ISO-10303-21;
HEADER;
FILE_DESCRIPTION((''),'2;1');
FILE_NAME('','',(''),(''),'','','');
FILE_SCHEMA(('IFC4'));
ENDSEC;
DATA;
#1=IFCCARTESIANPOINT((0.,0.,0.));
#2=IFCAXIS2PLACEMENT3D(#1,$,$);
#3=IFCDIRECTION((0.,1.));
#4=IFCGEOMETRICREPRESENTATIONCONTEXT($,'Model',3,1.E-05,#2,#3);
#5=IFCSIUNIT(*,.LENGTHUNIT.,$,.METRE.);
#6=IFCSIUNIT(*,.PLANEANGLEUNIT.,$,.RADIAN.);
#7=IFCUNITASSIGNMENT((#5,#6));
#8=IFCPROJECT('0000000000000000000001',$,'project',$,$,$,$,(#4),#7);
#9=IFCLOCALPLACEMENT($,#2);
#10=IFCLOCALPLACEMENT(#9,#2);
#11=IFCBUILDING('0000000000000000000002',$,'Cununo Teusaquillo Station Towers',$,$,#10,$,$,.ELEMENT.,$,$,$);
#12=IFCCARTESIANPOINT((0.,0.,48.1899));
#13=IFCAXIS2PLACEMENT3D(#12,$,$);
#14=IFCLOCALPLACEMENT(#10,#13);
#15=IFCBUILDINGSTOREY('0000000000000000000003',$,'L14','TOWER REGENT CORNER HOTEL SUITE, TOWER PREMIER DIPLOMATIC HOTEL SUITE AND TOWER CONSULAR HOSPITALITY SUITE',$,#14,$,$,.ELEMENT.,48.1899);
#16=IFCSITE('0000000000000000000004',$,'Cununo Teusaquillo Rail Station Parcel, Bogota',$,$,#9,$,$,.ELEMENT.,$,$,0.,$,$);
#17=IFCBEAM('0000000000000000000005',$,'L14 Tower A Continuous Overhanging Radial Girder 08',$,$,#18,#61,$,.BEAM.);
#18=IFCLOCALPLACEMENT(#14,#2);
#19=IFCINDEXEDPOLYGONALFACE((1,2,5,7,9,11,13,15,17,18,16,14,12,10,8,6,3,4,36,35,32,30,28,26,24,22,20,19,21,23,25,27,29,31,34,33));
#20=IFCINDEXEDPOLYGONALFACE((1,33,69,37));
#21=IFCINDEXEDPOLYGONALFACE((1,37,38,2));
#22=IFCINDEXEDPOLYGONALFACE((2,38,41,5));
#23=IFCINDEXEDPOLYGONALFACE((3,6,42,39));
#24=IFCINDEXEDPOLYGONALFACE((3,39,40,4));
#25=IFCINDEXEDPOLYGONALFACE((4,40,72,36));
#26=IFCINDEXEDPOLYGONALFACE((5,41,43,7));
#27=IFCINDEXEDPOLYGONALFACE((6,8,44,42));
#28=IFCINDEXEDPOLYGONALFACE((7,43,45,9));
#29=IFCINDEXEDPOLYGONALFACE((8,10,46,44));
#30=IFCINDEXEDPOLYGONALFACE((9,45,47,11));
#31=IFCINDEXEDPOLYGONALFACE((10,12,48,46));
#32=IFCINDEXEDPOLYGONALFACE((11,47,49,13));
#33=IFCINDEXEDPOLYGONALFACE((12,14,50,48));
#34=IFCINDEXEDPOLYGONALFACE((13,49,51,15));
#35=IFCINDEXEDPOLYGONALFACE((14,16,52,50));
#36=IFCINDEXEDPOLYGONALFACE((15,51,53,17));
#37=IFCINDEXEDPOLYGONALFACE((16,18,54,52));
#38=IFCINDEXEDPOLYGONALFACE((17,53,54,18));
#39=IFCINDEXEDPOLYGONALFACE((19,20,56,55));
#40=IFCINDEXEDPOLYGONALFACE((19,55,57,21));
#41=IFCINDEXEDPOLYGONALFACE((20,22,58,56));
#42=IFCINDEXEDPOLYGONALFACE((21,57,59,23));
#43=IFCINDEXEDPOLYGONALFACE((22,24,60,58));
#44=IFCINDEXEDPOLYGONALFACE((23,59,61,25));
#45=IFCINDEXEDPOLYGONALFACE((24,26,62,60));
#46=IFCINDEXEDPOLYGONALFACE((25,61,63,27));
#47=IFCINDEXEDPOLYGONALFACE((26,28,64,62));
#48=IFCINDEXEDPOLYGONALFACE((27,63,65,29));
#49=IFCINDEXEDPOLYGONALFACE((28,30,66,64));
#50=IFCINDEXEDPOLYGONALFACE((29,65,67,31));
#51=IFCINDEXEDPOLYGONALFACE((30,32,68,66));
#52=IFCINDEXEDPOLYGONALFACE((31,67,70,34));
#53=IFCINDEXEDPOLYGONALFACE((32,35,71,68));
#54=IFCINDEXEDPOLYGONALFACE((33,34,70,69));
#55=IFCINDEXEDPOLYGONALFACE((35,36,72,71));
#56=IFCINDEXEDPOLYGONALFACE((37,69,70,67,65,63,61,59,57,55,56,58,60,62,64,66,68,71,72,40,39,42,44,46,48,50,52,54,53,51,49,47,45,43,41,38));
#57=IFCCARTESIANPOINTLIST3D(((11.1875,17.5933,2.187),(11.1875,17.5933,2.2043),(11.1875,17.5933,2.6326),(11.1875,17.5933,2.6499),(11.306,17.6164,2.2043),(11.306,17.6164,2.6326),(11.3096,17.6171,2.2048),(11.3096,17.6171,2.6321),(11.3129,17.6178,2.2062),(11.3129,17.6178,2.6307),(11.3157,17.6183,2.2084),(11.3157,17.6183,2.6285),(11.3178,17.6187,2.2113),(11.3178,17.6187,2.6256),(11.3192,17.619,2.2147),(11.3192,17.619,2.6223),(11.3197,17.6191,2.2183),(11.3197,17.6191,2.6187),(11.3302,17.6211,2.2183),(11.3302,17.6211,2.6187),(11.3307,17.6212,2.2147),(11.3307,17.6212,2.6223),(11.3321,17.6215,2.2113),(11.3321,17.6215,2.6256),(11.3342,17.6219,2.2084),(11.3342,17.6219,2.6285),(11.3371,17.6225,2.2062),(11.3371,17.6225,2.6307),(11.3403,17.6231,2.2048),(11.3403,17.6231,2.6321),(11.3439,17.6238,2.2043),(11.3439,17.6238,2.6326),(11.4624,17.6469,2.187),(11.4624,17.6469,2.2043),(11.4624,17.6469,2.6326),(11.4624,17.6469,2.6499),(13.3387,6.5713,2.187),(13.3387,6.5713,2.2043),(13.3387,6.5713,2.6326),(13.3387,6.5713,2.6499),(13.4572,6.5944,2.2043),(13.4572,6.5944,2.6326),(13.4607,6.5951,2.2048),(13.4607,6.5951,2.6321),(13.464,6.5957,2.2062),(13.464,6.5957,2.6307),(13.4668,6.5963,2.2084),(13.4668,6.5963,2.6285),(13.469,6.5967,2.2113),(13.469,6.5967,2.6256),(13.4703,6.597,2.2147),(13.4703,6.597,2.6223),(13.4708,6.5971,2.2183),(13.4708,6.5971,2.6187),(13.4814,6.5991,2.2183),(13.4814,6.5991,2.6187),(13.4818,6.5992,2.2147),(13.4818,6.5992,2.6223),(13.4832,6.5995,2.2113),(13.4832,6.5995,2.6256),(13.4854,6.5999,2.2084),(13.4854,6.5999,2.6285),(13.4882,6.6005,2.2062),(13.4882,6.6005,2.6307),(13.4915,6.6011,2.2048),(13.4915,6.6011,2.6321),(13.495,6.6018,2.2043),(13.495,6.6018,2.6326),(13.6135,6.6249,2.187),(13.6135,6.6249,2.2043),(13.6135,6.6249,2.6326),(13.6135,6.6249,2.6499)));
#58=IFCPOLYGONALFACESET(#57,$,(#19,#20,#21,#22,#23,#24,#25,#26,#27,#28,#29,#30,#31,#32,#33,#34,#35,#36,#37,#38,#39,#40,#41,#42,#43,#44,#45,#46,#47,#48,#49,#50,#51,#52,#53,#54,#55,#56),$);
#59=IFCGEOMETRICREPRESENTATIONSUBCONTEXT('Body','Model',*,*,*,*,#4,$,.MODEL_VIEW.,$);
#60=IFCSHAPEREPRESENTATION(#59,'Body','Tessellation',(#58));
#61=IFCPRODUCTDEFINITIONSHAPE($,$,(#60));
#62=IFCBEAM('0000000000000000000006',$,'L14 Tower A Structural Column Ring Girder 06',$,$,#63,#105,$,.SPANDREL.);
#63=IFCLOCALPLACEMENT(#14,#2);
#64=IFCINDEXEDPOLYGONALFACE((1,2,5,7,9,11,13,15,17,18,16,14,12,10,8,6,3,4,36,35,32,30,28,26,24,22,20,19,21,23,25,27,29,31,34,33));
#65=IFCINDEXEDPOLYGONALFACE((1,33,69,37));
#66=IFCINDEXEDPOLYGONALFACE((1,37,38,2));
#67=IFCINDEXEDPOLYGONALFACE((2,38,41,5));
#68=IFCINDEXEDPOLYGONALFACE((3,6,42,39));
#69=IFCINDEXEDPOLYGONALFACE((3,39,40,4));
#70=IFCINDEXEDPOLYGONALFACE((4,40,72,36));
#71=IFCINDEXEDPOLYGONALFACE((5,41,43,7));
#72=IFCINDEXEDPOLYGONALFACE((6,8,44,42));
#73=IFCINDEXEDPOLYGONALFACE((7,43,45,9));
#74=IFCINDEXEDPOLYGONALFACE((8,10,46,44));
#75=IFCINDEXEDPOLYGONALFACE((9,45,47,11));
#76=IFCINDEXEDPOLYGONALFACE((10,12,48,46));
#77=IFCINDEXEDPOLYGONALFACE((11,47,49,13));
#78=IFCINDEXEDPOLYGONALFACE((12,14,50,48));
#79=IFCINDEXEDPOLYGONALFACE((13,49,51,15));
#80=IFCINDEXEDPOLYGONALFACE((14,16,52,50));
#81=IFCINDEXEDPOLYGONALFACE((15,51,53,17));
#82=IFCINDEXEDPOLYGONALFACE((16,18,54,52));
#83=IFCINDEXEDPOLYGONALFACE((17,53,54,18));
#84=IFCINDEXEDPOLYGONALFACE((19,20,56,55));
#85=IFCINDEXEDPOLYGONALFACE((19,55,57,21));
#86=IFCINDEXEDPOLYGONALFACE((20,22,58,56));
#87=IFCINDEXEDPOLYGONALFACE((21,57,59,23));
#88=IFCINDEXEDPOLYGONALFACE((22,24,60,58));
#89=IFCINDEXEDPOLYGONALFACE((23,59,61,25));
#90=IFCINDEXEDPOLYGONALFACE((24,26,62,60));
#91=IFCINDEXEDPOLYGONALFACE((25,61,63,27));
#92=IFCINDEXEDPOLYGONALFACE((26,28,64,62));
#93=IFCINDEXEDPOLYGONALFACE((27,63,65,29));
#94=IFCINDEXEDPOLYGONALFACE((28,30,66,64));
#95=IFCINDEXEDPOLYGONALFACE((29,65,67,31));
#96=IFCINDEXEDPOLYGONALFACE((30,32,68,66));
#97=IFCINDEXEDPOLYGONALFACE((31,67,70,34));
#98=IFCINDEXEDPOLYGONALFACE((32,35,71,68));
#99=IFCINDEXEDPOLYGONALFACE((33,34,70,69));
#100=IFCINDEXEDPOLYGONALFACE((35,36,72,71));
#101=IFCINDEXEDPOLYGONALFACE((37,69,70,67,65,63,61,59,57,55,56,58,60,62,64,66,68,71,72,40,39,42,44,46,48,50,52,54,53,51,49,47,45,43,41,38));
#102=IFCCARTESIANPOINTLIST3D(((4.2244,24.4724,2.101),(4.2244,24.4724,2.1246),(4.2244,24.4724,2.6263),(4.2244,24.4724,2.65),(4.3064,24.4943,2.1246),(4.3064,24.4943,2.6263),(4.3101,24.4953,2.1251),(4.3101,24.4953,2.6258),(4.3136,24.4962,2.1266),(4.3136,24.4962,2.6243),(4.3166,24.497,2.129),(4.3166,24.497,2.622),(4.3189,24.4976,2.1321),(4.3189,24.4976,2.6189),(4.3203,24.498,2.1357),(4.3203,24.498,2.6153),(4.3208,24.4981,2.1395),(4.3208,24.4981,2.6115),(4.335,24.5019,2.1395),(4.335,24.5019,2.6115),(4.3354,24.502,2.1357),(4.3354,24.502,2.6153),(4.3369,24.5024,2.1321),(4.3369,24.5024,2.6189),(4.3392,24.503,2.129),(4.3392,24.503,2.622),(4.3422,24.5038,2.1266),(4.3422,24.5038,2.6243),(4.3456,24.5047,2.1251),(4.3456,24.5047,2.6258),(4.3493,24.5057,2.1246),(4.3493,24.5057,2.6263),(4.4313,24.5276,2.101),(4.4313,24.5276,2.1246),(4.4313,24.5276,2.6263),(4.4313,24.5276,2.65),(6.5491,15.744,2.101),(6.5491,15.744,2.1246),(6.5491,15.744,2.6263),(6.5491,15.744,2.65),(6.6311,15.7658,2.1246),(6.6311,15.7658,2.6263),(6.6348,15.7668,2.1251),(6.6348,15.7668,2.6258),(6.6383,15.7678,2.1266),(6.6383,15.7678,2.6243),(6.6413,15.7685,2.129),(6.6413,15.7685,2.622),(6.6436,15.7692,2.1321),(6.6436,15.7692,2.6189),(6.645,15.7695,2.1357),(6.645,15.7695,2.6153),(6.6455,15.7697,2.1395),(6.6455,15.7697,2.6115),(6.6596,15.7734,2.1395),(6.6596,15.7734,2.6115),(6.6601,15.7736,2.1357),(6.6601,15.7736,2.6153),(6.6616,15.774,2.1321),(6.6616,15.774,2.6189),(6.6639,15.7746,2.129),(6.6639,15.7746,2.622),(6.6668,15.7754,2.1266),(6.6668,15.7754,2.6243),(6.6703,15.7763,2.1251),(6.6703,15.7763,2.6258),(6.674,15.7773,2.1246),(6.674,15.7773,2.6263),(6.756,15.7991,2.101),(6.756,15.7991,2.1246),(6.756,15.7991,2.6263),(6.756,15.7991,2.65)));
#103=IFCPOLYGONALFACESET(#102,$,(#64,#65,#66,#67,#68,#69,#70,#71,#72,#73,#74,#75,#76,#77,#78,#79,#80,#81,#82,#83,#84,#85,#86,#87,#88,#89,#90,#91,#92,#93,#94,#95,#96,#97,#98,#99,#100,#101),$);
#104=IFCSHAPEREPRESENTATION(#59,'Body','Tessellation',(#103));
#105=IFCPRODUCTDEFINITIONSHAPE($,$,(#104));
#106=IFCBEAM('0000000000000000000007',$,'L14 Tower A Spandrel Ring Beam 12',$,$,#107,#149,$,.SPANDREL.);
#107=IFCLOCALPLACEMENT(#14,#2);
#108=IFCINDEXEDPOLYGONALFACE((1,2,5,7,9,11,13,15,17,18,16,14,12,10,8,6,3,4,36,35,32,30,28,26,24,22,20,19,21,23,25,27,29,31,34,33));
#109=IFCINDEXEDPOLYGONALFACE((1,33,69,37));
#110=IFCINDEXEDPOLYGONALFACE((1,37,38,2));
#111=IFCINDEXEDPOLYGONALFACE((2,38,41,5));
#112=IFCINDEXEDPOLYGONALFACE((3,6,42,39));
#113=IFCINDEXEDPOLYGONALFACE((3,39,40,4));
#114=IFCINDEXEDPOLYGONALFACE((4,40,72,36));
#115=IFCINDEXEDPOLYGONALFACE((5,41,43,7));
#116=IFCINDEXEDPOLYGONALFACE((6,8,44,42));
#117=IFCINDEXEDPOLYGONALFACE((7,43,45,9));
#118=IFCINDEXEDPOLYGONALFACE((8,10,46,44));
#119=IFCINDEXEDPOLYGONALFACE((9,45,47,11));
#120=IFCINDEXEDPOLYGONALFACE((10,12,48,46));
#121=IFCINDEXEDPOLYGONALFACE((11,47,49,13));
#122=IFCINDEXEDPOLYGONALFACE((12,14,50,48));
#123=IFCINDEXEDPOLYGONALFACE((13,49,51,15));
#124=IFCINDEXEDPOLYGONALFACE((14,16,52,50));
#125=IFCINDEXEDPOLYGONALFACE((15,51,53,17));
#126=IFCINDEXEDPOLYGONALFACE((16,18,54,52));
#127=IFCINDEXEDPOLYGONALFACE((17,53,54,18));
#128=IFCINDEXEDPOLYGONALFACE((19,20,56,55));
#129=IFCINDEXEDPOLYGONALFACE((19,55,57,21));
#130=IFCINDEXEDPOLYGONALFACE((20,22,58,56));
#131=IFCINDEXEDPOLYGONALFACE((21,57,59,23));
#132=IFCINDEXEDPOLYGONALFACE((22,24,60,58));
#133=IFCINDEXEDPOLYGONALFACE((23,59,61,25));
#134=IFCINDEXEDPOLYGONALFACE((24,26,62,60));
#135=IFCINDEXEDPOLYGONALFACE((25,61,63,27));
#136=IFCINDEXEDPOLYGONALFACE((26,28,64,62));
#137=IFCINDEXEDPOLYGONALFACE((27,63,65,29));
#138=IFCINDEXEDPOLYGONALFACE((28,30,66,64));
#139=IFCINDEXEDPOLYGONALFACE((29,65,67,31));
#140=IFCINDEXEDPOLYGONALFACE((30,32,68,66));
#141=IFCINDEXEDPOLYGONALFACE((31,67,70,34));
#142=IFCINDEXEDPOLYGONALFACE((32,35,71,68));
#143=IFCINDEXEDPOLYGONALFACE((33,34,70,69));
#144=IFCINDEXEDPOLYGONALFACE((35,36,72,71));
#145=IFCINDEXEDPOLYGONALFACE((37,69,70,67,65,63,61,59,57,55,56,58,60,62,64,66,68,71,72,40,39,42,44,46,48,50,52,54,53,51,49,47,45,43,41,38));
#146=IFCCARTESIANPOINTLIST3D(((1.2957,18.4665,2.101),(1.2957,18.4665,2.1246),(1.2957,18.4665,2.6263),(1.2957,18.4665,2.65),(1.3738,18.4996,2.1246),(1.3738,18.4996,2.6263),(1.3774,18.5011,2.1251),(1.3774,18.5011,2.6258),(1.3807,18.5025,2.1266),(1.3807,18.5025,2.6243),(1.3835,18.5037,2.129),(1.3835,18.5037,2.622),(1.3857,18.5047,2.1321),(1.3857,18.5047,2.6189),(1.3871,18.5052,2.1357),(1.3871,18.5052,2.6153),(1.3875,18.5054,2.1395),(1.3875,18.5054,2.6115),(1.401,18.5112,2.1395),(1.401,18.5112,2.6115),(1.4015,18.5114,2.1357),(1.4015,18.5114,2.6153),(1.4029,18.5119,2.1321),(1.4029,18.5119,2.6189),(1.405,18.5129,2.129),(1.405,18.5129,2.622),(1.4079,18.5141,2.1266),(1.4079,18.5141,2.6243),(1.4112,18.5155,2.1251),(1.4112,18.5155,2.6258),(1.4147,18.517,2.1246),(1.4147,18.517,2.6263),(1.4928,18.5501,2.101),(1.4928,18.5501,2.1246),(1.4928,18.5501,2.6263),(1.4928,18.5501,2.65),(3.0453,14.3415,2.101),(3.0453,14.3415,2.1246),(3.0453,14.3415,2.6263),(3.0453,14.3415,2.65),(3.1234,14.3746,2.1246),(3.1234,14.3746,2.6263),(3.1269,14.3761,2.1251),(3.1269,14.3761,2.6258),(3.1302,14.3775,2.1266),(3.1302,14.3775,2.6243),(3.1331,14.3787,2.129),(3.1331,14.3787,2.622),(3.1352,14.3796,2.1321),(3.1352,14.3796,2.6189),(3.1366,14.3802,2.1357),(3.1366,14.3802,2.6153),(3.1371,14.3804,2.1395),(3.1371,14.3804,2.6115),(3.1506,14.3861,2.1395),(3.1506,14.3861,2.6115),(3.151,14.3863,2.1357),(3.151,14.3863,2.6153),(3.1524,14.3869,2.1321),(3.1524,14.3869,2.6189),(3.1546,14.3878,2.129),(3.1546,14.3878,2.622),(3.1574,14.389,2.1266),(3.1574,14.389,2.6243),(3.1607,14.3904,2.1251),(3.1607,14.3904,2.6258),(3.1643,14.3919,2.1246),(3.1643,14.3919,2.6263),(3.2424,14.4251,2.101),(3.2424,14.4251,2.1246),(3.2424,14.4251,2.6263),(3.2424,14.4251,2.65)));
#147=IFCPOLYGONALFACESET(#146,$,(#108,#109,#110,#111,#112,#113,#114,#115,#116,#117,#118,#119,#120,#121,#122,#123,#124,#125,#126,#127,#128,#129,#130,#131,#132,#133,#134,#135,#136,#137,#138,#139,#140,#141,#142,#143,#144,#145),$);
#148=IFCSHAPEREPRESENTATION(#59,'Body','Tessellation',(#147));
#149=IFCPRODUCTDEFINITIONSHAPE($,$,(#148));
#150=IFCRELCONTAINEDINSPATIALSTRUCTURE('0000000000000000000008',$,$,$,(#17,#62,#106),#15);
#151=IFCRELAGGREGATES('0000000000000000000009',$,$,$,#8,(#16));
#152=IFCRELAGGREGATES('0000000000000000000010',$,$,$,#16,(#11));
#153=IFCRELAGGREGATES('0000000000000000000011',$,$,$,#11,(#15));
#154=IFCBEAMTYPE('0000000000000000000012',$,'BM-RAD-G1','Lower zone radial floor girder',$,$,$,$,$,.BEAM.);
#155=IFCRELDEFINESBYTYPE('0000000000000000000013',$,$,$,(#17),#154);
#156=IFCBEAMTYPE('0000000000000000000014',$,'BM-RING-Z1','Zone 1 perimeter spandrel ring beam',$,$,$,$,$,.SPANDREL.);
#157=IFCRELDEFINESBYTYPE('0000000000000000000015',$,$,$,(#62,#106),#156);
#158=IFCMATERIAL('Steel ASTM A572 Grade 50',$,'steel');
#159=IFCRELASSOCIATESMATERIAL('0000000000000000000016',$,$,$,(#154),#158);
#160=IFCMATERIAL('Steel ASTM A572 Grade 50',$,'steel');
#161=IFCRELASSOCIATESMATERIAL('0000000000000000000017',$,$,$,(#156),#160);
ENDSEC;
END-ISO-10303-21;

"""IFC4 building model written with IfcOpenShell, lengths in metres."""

from ifc_helpers import new_model, si_unit, direction, frame, origin, origin_2d, place, context, subcontext, project, spatial, i_section, extrude, material, material_profile, profile_set, type_object, element, save


model = new_model("IFC4")

# Units and contexts
model_context = context("Model", 3, precision=1e-05, world=origin(), true_north=direction((0.0, 1.0)))
body_context = subcontext(model_context, "Body", "Model", "MODEL_VIEW")
ifc_project = project(units=[si_unit("LENGTHUNIT", "METRE"), si_unit("PLANEANGLEUNIT", "RADIAN")], contexts=[model_context])

# Site, building, storey
site_placement = place(None, origin())
site = spatial("IfcSite", under=ifc_project, at=site_placement, Name="Cununo Teusaquillo Rail Station Parcel, Bogota", CompositionType="ELEMENT", RefElevation=0.0)
building_placement = place(site_placement, origin())
building = spatial("IfcBuilding", under=site, at=building_placement, Name="Cununo Teusaquillo Station Towers", CompositionType="ELEMENT")
storey_placement = place(building_placement, frame((0.0, 0.0, 48.1899)))
storey = spatial("IfcBuildingStorey", under=building, at=storey_placement, Name="L14", Description="TOWER REGENT CORNER HOTEL SUITE, TOWER PREMIER DIPLOMATIC HOTEL SUITE AND TOWER CONSULAR HOSPITALITY SUITE", CompositionType="ELEMENT", Elevation=48.1899)

# Beams
ifc_material_1 = material(Name="Steel ASTM A572 Grade 50", Category="steel")
ifc_material_profile_1 = material_profile(ifc_material_1, i_section(OverallWidth=0.28, OverallDepth=0.4629, WebThickness=0.0107, FlangeThickness=0.0173, FilletRadius=0.0139, at=origin_2d()), Name="W18X76")
ifc_profile_set_1 = profile_set([ifc_material_profile_1], Name="Steel ASTM A572 Grade 50")
beam_type_1 = type_object("IfcBeamType", Name="BM-RAD-G1", Description="Lower zone radial floor girder", PredefinedType="BEAM", material=ifc_profile_set_1)
beam_1_placement = place(storey_placement, frame((11.325, 17.6201, 2.4185), z_axis=(0.191553, -0.981482, 0.0), x_axis=(0.981482, 0.191553, 0.0)))
element("IfcBeam", 1, at=beam_1_placement, inside=storey, type_object=beam_type_1, Name="L14 Tower A Continuous Overhanging Radial Girder 08", PredefinedType="BEAM", context=body_context, shape_type="SweptSolid", body=[
    extrude(i_section(OverallWidth=0.28, OverallDepth=0.4629, WebThickness=0.0107, FlangeThickness=0.0173, FilletRadius=0.0139, at=origin_2d()), origin(), (0.0, 0.0, 1.0), 11.23),
])
ifc_material_2 = material(Name="Steel ASTM A572 Grade 50", Category="steel")
ifc_material_profile_2 = material_profile(ifc_material_2, i_section(OverallWidth=0.2141, OverallDepth=0.5491, WebThickness=0.0146, FlangeThickness=0.0237, FilletRadius=0.0149, at=origin_2d()), Name="W21X93")
ifc_profile_set_2 = profile_set([ifc_material_profile_2], Name="Steel ASTM A572 Grade 50")
beam_type_2 = type_object("IfcBeamType", Name="BM-RING-Z1", Description="Zone 1 perimeter spandrel ring beam", PredefinedType="SPANDREL", material=ifc_profile_set_2)
beam_2_placement = place(storey_placement, frame((4.3279, 24.5, 2.3755), z_axis=(0.257363, -0.966315, 0.0), x_axis=(0.966315, 0.257363, 0.0)))
element("IfcBeam", 2, at=beam_2_placement, inside=storey, type_object=beam_type_2, Name="L14 Tower A Structural Column Ring Girder 06", PredefinedType="SPANDREL", context=body_context, shape_type="SweptSolid", body=[
    extrude(i_section(OverallWidth=0.2141, OverallDepth=0.5491, WebThickness=0.0146, FlangeThickness=0.0237, FilletRadius=0.0149, at=origin_2d()), origin(), (0.0, 0.0, 1.0), 9.0327),
])
beam_3_placement = place(storey_placement, frame((1.3943, 18.5083, 2.3755), z_axis=(0.390457, -0.920621, 0.0), x_axis=(0.920621, 0.390457, 0.0)))
element("IfcBeam", 3, at=beam_3_placement, inside=storey, type_object=beam_type_2, Name="L14 Tower A Spandrel Ring Beam 12", PredefinedType="SPANDREL", context=body_context, shape_type="SweptSolid", body=[
    extrude(i_section(OverallWidth=0.2141, OverallDepth=0.5491, WebThickness=0.0146, FlangeThickness=0.0237, FilletRadius=0.0149, at=origin_2d()), origin(), (0.0, 0.0, 1.0), 4.4807),
])

save(model, "model.ifc")
